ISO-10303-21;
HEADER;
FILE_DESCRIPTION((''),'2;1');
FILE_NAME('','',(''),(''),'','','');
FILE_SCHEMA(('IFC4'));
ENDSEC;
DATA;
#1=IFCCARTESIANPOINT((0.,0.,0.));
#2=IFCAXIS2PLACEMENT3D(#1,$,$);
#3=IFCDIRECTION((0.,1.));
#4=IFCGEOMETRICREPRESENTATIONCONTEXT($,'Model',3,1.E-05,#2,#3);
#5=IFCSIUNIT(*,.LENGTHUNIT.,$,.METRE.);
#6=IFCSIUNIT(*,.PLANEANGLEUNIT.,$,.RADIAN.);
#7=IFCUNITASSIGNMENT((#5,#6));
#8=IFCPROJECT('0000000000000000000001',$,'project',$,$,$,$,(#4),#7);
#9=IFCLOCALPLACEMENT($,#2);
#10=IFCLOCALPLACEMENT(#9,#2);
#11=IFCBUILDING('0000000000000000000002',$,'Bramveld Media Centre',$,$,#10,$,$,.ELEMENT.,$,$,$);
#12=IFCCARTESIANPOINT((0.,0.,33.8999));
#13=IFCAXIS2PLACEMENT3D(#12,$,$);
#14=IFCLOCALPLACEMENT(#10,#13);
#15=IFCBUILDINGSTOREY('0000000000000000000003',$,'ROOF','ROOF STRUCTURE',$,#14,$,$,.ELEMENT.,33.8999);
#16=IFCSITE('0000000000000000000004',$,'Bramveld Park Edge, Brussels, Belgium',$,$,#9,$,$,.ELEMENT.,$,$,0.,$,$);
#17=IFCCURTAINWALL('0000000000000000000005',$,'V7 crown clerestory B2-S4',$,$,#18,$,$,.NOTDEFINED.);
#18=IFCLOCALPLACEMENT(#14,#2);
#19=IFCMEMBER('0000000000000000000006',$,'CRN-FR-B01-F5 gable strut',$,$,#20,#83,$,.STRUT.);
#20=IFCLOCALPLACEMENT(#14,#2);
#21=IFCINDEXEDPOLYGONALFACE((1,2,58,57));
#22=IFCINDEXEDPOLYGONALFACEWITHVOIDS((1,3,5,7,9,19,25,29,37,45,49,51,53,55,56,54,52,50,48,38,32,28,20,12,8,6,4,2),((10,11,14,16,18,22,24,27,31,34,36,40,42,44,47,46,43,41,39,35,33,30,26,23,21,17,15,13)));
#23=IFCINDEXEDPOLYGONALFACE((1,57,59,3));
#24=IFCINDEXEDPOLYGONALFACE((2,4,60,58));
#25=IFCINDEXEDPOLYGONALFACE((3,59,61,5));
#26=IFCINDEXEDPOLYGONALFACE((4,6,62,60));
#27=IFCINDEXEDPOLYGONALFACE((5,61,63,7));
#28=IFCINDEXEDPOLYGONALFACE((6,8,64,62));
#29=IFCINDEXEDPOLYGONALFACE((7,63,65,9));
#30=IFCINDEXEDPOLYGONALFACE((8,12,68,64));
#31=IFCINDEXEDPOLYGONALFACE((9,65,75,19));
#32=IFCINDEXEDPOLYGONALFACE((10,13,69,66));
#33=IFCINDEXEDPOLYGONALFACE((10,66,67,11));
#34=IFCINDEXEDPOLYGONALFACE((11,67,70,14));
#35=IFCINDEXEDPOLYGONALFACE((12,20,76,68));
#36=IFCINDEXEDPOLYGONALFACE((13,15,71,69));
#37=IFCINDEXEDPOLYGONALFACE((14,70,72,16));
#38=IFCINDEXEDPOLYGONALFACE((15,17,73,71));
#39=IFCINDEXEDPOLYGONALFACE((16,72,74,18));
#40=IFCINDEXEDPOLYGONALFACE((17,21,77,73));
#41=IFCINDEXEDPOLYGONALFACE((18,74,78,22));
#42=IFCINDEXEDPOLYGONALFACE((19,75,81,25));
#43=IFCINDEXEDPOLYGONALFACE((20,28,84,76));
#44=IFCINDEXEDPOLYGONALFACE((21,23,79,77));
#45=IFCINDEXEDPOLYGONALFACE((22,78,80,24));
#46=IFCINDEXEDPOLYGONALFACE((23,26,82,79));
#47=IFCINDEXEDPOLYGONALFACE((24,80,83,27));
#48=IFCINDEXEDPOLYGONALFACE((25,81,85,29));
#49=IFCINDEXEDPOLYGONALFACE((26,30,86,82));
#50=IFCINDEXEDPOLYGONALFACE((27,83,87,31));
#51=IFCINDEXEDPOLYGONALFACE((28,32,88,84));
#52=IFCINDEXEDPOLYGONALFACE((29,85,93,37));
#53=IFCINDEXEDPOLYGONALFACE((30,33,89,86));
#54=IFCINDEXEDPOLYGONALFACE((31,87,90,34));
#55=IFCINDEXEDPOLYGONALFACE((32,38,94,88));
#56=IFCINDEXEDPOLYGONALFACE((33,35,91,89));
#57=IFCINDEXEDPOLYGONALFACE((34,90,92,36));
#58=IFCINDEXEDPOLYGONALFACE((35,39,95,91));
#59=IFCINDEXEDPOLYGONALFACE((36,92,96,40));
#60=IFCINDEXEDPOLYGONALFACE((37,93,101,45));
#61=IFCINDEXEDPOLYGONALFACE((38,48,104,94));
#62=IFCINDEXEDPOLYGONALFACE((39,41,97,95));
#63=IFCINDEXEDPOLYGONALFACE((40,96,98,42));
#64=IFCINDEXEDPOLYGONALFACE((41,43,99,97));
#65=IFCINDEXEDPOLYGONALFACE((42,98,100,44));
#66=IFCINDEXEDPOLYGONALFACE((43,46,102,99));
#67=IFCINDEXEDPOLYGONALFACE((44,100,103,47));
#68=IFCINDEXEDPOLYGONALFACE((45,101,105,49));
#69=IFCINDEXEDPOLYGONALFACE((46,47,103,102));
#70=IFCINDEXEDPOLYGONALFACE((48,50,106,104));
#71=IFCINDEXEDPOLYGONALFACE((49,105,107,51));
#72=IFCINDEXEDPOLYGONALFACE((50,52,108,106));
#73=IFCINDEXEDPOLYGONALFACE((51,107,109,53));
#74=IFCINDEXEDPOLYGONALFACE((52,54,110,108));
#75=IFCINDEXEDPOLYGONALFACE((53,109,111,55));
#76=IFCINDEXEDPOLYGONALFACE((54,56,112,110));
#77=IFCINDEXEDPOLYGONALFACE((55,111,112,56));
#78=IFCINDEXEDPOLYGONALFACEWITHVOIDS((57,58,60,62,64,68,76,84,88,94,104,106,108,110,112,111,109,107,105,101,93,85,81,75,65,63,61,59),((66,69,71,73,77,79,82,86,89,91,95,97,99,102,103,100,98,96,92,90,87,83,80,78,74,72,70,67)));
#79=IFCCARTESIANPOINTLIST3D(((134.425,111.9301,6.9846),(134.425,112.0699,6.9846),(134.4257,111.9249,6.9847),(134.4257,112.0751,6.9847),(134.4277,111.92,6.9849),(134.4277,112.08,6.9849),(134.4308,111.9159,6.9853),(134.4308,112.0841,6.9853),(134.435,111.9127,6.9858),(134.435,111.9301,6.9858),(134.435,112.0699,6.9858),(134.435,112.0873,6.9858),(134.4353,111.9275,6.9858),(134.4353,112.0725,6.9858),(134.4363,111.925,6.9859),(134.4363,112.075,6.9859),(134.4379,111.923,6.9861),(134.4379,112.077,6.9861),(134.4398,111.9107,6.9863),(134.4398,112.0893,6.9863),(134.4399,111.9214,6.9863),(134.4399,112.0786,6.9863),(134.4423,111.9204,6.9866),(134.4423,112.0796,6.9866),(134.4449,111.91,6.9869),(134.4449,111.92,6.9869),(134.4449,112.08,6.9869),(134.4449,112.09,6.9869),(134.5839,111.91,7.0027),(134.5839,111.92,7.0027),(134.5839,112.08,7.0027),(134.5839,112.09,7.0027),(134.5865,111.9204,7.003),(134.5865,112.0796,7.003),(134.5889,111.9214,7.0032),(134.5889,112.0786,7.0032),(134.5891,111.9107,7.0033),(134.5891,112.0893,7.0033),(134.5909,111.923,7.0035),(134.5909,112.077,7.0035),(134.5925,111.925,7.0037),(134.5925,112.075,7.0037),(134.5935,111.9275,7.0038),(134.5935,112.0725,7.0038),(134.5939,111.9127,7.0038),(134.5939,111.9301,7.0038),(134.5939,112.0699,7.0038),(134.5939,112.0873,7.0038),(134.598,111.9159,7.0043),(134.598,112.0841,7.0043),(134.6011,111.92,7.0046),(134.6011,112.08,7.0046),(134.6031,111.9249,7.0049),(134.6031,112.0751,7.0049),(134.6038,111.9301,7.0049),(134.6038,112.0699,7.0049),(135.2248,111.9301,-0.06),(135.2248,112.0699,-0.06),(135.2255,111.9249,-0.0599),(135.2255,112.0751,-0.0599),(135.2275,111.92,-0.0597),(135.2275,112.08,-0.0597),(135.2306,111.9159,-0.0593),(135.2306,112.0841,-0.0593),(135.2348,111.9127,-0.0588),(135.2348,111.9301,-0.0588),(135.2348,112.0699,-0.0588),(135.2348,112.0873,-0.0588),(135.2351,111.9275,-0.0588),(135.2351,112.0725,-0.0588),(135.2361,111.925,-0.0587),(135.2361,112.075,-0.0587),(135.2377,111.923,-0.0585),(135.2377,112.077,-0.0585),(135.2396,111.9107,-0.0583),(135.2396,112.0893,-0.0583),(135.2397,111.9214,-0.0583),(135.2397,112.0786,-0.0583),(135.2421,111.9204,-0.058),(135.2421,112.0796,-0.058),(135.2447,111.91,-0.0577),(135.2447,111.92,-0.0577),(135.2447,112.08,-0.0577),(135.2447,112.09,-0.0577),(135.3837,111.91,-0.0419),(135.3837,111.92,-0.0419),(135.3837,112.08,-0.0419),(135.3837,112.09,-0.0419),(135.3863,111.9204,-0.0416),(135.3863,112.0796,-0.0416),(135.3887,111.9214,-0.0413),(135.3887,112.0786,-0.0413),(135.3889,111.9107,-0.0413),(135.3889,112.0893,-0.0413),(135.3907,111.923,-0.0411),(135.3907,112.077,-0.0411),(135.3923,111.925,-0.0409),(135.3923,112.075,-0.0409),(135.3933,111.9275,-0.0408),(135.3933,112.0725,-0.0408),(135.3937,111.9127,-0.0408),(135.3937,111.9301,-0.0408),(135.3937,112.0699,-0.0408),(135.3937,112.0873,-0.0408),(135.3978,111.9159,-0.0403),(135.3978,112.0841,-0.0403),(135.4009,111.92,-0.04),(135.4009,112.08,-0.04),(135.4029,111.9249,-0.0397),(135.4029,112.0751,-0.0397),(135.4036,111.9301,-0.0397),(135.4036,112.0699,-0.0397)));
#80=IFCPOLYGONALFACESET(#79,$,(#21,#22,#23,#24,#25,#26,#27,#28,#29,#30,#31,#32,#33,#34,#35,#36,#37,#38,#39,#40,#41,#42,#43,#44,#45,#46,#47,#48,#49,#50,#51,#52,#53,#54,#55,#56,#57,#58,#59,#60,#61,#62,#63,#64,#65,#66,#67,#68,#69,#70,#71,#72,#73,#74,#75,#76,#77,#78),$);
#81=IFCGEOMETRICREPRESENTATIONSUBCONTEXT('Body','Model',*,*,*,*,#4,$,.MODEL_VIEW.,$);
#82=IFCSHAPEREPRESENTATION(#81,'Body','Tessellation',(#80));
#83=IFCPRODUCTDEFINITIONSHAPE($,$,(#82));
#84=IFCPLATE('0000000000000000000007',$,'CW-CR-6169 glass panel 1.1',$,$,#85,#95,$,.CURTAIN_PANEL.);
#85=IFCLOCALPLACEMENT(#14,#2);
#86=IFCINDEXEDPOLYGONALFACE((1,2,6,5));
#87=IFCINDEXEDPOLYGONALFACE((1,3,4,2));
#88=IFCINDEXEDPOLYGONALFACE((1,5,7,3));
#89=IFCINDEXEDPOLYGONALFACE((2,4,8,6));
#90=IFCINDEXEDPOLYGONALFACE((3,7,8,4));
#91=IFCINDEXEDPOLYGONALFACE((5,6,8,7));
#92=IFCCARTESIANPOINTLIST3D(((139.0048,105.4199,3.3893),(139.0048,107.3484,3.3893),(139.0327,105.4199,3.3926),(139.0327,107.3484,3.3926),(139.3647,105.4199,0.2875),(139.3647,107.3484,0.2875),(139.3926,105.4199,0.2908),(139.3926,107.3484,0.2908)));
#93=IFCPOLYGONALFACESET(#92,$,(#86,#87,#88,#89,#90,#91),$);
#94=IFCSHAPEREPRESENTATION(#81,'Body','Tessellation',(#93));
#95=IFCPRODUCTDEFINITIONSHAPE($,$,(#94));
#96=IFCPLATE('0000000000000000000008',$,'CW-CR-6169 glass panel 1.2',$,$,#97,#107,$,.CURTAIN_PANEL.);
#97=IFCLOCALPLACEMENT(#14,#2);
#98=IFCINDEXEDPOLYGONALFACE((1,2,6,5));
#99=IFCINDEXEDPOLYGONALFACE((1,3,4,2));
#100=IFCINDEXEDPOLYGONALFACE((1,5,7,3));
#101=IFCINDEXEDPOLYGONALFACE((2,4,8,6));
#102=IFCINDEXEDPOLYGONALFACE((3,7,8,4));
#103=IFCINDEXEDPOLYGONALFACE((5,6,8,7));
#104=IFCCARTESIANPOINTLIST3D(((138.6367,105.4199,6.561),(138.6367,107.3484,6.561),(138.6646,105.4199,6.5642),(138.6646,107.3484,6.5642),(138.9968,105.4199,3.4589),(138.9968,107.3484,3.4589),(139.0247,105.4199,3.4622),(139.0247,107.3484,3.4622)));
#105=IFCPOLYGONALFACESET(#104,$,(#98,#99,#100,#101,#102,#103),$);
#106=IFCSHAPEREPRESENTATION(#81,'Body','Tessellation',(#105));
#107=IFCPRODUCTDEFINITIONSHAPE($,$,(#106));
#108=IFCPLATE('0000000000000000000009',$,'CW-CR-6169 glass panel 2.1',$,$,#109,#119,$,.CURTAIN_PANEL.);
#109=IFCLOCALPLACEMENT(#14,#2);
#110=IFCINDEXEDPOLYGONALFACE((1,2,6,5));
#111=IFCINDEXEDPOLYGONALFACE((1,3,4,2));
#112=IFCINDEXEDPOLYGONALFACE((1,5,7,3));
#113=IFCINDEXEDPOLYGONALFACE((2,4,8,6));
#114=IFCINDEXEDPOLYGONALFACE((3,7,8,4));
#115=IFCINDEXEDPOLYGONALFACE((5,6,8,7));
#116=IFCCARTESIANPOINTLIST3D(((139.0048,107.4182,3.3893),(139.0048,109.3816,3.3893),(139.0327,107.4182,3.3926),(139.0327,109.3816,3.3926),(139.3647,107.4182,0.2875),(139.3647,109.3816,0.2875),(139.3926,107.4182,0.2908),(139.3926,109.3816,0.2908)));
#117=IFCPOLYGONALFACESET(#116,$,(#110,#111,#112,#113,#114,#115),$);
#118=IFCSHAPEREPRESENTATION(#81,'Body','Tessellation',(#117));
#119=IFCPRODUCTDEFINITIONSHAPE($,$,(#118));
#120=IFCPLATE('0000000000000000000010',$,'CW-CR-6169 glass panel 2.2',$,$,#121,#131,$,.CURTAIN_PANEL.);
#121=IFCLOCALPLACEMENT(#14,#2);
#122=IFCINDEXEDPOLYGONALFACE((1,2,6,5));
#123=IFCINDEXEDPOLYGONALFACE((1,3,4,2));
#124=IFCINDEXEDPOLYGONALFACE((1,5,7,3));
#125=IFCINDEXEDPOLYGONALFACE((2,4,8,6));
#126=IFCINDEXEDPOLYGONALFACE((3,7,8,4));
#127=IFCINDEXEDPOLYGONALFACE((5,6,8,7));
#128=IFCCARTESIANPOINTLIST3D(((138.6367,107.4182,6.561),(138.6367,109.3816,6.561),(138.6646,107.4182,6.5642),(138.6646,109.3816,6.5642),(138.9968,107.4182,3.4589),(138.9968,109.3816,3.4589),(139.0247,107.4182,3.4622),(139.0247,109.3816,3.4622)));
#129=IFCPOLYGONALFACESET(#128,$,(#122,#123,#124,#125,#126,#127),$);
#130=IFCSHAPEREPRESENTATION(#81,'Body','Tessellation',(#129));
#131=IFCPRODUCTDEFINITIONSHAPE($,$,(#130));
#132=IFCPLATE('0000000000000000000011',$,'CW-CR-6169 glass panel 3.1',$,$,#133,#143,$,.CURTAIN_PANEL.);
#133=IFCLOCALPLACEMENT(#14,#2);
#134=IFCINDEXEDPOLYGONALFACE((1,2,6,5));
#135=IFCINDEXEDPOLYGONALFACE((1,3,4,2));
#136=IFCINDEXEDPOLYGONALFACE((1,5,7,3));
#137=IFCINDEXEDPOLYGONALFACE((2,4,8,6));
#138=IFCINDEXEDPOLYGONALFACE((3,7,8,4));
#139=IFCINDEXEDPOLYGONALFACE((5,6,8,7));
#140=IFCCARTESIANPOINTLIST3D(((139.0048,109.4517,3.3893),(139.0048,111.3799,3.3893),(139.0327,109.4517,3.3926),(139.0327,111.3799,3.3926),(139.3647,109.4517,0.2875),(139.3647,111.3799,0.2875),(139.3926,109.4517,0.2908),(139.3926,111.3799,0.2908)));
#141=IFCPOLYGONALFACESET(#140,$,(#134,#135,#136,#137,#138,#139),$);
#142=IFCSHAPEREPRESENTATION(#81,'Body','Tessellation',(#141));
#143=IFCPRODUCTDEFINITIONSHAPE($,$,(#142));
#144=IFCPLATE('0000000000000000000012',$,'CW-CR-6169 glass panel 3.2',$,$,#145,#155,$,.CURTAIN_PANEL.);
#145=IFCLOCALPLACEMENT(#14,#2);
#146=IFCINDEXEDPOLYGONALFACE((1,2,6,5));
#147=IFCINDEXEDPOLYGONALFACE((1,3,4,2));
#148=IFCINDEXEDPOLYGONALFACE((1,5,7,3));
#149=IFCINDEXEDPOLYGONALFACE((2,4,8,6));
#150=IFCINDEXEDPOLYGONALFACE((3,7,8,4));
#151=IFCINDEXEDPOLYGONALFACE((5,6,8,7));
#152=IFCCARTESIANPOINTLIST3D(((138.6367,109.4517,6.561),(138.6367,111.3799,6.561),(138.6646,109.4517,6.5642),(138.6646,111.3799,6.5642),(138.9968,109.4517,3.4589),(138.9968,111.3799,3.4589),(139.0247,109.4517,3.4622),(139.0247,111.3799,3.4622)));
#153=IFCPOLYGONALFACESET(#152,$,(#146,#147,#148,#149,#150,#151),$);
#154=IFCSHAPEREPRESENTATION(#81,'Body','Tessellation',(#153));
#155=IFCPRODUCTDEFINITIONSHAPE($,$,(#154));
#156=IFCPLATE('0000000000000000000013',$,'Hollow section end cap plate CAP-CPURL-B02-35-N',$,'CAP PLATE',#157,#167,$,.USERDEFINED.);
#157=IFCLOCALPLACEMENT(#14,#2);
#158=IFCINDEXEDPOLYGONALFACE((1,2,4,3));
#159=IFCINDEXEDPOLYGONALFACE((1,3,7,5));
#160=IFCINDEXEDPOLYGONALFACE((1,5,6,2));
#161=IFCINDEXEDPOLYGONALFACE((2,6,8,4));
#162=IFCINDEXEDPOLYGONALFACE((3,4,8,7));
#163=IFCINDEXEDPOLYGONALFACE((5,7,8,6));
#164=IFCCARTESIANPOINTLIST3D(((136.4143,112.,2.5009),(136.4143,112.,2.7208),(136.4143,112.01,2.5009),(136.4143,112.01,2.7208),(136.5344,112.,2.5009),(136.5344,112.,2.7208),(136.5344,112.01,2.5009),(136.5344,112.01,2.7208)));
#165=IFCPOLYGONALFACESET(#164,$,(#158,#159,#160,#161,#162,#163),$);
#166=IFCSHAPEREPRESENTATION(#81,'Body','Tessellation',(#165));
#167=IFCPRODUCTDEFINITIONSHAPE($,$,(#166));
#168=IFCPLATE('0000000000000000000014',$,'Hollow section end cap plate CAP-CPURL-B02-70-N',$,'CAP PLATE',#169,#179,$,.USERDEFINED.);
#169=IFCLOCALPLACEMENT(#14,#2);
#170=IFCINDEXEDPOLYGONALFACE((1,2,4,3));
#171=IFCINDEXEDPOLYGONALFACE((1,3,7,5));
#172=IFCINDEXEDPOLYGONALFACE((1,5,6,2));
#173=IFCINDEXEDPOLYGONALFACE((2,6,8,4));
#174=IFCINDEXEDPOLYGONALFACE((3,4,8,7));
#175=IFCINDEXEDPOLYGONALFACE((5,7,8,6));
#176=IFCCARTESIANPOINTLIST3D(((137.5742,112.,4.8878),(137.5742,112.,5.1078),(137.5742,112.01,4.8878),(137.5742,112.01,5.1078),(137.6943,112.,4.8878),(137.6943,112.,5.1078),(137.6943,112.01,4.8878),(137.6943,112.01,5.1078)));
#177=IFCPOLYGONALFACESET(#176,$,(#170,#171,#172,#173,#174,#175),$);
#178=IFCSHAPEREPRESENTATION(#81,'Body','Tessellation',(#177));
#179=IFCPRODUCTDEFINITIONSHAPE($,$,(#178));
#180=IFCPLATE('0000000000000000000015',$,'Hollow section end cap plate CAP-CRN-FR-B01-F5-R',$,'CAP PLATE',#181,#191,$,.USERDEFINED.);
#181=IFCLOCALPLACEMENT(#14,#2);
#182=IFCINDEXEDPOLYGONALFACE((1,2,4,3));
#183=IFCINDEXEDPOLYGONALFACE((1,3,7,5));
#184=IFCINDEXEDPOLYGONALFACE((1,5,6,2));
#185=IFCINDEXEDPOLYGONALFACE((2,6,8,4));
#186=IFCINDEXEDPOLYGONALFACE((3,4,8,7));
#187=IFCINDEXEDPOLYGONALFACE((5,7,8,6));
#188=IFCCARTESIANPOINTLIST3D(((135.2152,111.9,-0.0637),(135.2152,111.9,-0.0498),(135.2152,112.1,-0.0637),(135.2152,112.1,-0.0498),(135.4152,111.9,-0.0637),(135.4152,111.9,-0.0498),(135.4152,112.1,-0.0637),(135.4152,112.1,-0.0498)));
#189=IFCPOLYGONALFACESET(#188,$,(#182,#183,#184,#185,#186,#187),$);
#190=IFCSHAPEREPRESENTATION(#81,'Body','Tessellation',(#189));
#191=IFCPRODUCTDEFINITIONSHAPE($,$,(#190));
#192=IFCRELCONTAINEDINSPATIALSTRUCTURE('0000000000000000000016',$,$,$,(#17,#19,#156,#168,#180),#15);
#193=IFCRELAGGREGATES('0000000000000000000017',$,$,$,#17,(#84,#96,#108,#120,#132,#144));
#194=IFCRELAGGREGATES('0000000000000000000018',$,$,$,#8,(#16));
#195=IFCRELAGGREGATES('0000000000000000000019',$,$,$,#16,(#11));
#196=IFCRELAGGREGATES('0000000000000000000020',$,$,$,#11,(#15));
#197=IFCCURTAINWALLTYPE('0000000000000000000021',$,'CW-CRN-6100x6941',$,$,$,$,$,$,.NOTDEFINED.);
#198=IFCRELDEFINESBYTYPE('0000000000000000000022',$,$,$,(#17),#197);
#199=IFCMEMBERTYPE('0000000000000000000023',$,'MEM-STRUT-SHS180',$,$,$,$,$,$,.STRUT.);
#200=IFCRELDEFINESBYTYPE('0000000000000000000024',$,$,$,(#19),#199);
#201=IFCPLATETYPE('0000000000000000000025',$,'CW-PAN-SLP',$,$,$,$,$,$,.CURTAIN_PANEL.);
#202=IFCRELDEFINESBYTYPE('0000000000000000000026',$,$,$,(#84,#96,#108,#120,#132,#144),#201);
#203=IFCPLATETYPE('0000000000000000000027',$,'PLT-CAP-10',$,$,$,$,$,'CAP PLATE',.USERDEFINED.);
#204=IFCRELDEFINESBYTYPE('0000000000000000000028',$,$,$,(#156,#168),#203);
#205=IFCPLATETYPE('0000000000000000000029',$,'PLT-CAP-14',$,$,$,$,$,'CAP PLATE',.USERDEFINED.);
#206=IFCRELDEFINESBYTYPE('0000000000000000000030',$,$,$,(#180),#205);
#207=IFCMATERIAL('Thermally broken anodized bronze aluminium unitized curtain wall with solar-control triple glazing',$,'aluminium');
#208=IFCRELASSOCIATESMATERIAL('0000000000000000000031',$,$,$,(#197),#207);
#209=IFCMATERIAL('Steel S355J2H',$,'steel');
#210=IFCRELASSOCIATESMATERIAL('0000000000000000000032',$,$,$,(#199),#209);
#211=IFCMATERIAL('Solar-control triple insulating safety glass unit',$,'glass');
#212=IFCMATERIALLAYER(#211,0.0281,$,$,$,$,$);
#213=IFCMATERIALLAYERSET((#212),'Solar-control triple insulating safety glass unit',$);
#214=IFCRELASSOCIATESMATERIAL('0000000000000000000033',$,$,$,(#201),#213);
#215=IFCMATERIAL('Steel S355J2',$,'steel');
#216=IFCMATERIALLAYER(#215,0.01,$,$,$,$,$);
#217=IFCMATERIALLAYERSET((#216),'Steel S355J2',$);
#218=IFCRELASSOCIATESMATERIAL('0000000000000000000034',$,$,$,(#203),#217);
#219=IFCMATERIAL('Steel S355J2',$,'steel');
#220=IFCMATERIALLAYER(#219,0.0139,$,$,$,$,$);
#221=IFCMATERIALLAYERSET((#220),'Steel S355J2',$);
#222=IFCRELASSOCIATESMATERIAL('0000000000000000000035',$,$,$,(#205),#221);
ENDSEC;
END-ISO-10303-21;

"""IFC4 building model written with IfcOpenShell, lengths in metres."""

from ifc_helpers import new_model, si_unit, direction, frame, origin, origin_2d, place, context, subcontext, project, spatial, polyline, rectangle, hollow_rectangle, outline, extrude, material, layer, layer_set, material_profile, profile_set, type_object, element, aggregate, save


model = new_model("IFC4")

# Units and contexts
model_context = context("Model", 3, precision=1e-05, world=origin(), true_north=direction((0.0, 1.0)))
body_context = subcontext(model_context, "Body", "Model", "MODEL_VIEW")
ifc_project = project(units=[si_unit("LENGTHUNIT", "METRE"), si_unit("PLANEANGLEUNIT", "RADIAN")], contexts=[model_context])

# Site, building, storey
site_placement = place(None, origin())
site = spatial("IfcSite", under=ifc_project, at=site_placement, Name="Bramveld Park Edge, Brussels, Belgium", CompositionType="ELEMENT", RefElevation=0.0)
building_placement = place(site_placement, origin())
building = spatial("IfcBuilding", under=site, at=building_placement, Name="Bramveld Media Centre", CompositionType="ELEMENT")
storey_placement = place(building_placement, frame((0.0, 0.0, 33.8999)))
storey = spatial("IfcBuildingStorey", under=building, at=storey_placement, Name="ROOF", Description="ROOF STRUCTURE", CompositionType="ELEMENT", Elevation=33.8999)

# Shared definitions
ifc_material_1 = material(Name="Thermally broken anodized bronze aluminium unitized curtain wall with solar-control triple glazing", Category="aluminium")
curtain_wall_type = type_object("IfcCurtainWallType", Name="CW-CRN-6100x6941", PredefinedType="NOTDEFINED", material=ifc_material_1)

# Curtain wall
curtain_wall_1_placement = place(storey_placement, origin())
curtain_wall_1 = element("IfcCurtainWall", 1, at=curtain_wall_1_placement, inside=storey, type_object=curtain_wall_type, Name="V7 crown clerestory B2-S4", PredefinedType="NOTDEFINED")

# Member
ifc_material_2 = material(Name="Steel S355J2H", Category="steel")
ifc_material_profile_1 = material_profile(ifc_material_2, hollow_rectangle(XDim=0.1799, YDim=0.1799, WallThickness=0.01, InnerFilletRadius=0.01, OuterFilletRadius=0.02, at=origin_2d()), Name="SHS 180x180x10")
ifc_profile_set_1 = profile_set([ifc_material_profile_1], Name="Steel S355J2H")
member_type_1 = type_object("IfcMemberType", Name="MEM-STRUT-SHS180", PredefinedType="STRUT", material=ifc_profile_set_1)
member_1_placement = place(storey_placement, frame((135.3142, 112.0, -0.0498), z_axis=(-0.112808, 0.0, 0.993617), x_axis=(0.0, -1.0, 0.0)))
element("IfcMember", 2, at=member_1_placement, inside=storey, type_object=member_type_1, Name="CRN-FR-B01-F5 gable strut", PredefinedType="STRUT", context=body_context, shape_type="SweptSolid", body=[
    extrude(hollow_rectangle(XDim=0.1799, YDim=0.1799, WallThickness=0.01, InnerFilletRadius=0.01, OuterFilletRadius=0.02, at=origin_2d()), origin(), (0.0, 0.0, 1.0), 7.0898),
])

# Plates
ifc_material_3 = material(Name="Solar-control triple insulating safety glass unit", Category="glass")
ifc_layer_1 = layer(ifc_material_3, 0.0281)
ifc_layer_set_1 = layer_set([ifc_layer_1], Name="Solar-control triple insulating safety glass unit")
plate_type_1 = type_object("IfcPlateType", Name="CW-PAN-SLP", PredefinedType="CURTAIN_PANEL", material=ifc_layer_set_1)
plate_1_placement = place(storey_placement, frame((139.3926, 105.4199, 0.2908), z_axis=(0.993337, 0.0, 0.115244), x_axis=(0.0, 1.0, 0.0)))
plate_1 = element("IfcPlate", 3, at=plate_1_placement, type_object=plate_type_1, Name="CW-CR-6169 glass panel 1.1", PredefinedType="CURTAIN_PANEL", context=body_context, shape_type="SweptSolid", body=[
    extrude(outline(polyline([(0.0, 0.0), (1.9285, 0.0), (1.9285, 3.1226), (0.0, 3.1226), (0.0, 0.0)])), origin(), (0.0, 0.0, -1.0), 0.0281),
])
plate_2_placement = place(storey_placement, frame((139.0247, 105.4199, 3.4622), z_axis=(0.993329, 0.0, 0.115313), x_axis=(0.0, 1.0, 0.0)))
plate_2 = element("IfcPlate", 4, at=plate_2_placement, type_object=plate_type_1, Name="CW-CR-6169 glass panel 1.2", PredefinedType="CURTAIN_PANEL", context=body_context, shape_type="SweptSolid", body=[
    extrude(outline(polyline([(0.0, 0.0), (1.9285, 0.0), (1.9285, 3.1229), (0.0, 3.1229), (0.0, 0.0)])), origin(), (0.0, 0.0, -1.0), 0.0281),
])
plate_3_placement = place(storey_placement, frame((139.3926, 107.4182, 0.2908), z_axis=(0.993337, 0.0, 0.115244), x_axis=(0.0, 1.0, 0.0)))
plate_3 = element("IfcPlate", 5, at=plate_3_placement, type_object=plate_type_1, Name="CW-CR-6169 glass panel 2.1", PredefinedType="CURTAIN_PANEL", context=body_context, shape_type="SweptSolid", body=[
    extrude(outline(polyline([(0.0, 0.0), (1.9634, 0.0), (1.9634, 3.1226), (0.0, 3.1226), (0.0, 0.0)])), origin(), (0.0, 0.0, -1.0), 0.0281),
])
plate_4_placement = place(storey_placement, frame((139.0247, 107.4182, 3.4622), z_axis=(0.993329, 0.0, 0.115313), x_axis=(0.0, 1.0, 0.0)))
plate_4 = element("IfcPlate", 6, at=plate_4_placement, type_object=plate_type_1, Name="CW-CR-6169 glass panel 2.2", PredefinedType="CURTAIN_PANEL", context=body_context, shape_type="SweptSolid", body=[
    extrude(outline(polyline([(0.0, 0.0), (1.9634, 0.0), (1.9634, 3.1229), (0.0, 3.1229), (0.0, 0.0)])), origin(), (0.0, 0.0, -1.0), 0.0281),
])
plate_5_placement = place(storey_placement, frame((139.3926, 109.4517, 0.2908), z_axis=(0.993337, 0.0, 0.115244), x_axis=(0.0, 1.0, 0.0)))
plate_5 = element("IfcPlate", 7, at=plate_5_placement, type_object=plate_type_1, Name="CW-CR-6169 glass panel 3.1", PredefinedType="CURTAIN_PANEL", context=body_context, shape_type="SweptSolid", body=[
    extrude(outline(polyline([(0.0, 0.0), (1.9282, 0.0), (1.9282, 3.1226), (0.0, 3.1226), (0.0, 0.0)])), origin(), (0.0, 0.0, -1.0), 0.0281),
])
plate_6_placement = place(storey_placement, frame((139.0247, 109.4517, 3.4622), z_axis=(0.993329, 0.0, 0.115313), x_axis=(0.0, 1.0, 0.0)))
plate_6 = element("IfcPlate", 8, at=plate_6_placement, type_object=plate_type_1, Name="CW-CR-6169 glass panel 3.2", PredefinedType="CURTAIN_PANEL", context=body_context, shape_type="SweptSolid", body=[
    extrude(outline(polyline([(0.0, 0.0), (1.9282, 0.0), (1.9282, 3.1229), (0.0, 3.1229), (0.0, 0.0)])), origin(), (0.0, 0.0, -1.0), 0.0281),
])
aggregate(curtain_wall_1, [plate_1, plate_2, plate_3, plate_4, plate_5, plate_6])

# Plates
ifc_material_4 = material(Name="Steel S355J2", Category="steel")
ifc_layer_2 = layer(ifc_material_4, 0.01)
ifc_layer_set_2 = layer_set([ifc_layer_2], Name="Steel S355J2")
plate_type_2 = type_object("IfcPlateType", Name="PLT-CAP-10", ElementType="CAP PLATE", PredefinedType="USERDEFINED", material=ifc_layer_set_2)
for number, where, z_axis, x_axis, name in (
    (9, (136.4744, 112.0, 2.6108), (0.0, 1.0, 0.0), (-1.0, 0.0, 0.0), "Hollow section end cap plate CAP-CPURL-B02-35-N"),
    (10, (137.6343, 112.0, 4.9978), (0.0, 1.0, 0.0), (-1.0, 0.0, 0.0), "Hollow section end cap plate CAP-CPURL-B02-70-N"),
):
    element("IfcPlate", number, at=place(storey_placement, frame(where, z_axis=z_axis, x_axis=x_axis)), inside=storey, type_object=plate_type_2, Name=name, ObjectType="CAP PLATE", PredefinedType="USERDEFINED", context=body_context, shape_type="SweptSolid", body=[
        extrude(rectangle(XDim=0.1201, YDim=0.22, at=origin_2d()), origin(), (0.0, 0.0, 1.0), 0.01),
    ])
ifc_material_5 = material(Name="Steel S355J2", Category="steel")
ifc_layer_3 = layer(ifc_material_5, 0.0139)
ifc_layer_set_3 = layer_set([ifc_layer_3], Name="Steel S355J2")
plate_type_3 = type_object("IfcPlateType", Name="PLT-CAP-14", ElementType="CAP PLATE", PredefinedType="USERDEFINED", material=ifc_layer_set_3)
for number, where, z_axis, x_axis, name in (
    (11, (135.3152, 112.0, -0.0498), (0.0, 0.0, -1.0), (1.0, 0.0, 0.0), "Hollow section end cap plate CAP-CRN-FR-B01-F5-R"),
):
    element("IfcPlate", number, at=place(storey_placement, frame(where, z_axis=z_axis, x_axis=x_axis)), inside=storey, type_object=plate_type_3, Name=name, ObjectType="CAP PLATE", PredefinedType="USERDEFINED", context=body_context, shape_type="SweptSolid", body=[
        extrude(rectangle(XDim=0.2, YDim=0.2, at=origin_2d()), origin(), (0.0, 0.0, 1.0), 0.0139),
    ])

save(model, "model.ifc")
